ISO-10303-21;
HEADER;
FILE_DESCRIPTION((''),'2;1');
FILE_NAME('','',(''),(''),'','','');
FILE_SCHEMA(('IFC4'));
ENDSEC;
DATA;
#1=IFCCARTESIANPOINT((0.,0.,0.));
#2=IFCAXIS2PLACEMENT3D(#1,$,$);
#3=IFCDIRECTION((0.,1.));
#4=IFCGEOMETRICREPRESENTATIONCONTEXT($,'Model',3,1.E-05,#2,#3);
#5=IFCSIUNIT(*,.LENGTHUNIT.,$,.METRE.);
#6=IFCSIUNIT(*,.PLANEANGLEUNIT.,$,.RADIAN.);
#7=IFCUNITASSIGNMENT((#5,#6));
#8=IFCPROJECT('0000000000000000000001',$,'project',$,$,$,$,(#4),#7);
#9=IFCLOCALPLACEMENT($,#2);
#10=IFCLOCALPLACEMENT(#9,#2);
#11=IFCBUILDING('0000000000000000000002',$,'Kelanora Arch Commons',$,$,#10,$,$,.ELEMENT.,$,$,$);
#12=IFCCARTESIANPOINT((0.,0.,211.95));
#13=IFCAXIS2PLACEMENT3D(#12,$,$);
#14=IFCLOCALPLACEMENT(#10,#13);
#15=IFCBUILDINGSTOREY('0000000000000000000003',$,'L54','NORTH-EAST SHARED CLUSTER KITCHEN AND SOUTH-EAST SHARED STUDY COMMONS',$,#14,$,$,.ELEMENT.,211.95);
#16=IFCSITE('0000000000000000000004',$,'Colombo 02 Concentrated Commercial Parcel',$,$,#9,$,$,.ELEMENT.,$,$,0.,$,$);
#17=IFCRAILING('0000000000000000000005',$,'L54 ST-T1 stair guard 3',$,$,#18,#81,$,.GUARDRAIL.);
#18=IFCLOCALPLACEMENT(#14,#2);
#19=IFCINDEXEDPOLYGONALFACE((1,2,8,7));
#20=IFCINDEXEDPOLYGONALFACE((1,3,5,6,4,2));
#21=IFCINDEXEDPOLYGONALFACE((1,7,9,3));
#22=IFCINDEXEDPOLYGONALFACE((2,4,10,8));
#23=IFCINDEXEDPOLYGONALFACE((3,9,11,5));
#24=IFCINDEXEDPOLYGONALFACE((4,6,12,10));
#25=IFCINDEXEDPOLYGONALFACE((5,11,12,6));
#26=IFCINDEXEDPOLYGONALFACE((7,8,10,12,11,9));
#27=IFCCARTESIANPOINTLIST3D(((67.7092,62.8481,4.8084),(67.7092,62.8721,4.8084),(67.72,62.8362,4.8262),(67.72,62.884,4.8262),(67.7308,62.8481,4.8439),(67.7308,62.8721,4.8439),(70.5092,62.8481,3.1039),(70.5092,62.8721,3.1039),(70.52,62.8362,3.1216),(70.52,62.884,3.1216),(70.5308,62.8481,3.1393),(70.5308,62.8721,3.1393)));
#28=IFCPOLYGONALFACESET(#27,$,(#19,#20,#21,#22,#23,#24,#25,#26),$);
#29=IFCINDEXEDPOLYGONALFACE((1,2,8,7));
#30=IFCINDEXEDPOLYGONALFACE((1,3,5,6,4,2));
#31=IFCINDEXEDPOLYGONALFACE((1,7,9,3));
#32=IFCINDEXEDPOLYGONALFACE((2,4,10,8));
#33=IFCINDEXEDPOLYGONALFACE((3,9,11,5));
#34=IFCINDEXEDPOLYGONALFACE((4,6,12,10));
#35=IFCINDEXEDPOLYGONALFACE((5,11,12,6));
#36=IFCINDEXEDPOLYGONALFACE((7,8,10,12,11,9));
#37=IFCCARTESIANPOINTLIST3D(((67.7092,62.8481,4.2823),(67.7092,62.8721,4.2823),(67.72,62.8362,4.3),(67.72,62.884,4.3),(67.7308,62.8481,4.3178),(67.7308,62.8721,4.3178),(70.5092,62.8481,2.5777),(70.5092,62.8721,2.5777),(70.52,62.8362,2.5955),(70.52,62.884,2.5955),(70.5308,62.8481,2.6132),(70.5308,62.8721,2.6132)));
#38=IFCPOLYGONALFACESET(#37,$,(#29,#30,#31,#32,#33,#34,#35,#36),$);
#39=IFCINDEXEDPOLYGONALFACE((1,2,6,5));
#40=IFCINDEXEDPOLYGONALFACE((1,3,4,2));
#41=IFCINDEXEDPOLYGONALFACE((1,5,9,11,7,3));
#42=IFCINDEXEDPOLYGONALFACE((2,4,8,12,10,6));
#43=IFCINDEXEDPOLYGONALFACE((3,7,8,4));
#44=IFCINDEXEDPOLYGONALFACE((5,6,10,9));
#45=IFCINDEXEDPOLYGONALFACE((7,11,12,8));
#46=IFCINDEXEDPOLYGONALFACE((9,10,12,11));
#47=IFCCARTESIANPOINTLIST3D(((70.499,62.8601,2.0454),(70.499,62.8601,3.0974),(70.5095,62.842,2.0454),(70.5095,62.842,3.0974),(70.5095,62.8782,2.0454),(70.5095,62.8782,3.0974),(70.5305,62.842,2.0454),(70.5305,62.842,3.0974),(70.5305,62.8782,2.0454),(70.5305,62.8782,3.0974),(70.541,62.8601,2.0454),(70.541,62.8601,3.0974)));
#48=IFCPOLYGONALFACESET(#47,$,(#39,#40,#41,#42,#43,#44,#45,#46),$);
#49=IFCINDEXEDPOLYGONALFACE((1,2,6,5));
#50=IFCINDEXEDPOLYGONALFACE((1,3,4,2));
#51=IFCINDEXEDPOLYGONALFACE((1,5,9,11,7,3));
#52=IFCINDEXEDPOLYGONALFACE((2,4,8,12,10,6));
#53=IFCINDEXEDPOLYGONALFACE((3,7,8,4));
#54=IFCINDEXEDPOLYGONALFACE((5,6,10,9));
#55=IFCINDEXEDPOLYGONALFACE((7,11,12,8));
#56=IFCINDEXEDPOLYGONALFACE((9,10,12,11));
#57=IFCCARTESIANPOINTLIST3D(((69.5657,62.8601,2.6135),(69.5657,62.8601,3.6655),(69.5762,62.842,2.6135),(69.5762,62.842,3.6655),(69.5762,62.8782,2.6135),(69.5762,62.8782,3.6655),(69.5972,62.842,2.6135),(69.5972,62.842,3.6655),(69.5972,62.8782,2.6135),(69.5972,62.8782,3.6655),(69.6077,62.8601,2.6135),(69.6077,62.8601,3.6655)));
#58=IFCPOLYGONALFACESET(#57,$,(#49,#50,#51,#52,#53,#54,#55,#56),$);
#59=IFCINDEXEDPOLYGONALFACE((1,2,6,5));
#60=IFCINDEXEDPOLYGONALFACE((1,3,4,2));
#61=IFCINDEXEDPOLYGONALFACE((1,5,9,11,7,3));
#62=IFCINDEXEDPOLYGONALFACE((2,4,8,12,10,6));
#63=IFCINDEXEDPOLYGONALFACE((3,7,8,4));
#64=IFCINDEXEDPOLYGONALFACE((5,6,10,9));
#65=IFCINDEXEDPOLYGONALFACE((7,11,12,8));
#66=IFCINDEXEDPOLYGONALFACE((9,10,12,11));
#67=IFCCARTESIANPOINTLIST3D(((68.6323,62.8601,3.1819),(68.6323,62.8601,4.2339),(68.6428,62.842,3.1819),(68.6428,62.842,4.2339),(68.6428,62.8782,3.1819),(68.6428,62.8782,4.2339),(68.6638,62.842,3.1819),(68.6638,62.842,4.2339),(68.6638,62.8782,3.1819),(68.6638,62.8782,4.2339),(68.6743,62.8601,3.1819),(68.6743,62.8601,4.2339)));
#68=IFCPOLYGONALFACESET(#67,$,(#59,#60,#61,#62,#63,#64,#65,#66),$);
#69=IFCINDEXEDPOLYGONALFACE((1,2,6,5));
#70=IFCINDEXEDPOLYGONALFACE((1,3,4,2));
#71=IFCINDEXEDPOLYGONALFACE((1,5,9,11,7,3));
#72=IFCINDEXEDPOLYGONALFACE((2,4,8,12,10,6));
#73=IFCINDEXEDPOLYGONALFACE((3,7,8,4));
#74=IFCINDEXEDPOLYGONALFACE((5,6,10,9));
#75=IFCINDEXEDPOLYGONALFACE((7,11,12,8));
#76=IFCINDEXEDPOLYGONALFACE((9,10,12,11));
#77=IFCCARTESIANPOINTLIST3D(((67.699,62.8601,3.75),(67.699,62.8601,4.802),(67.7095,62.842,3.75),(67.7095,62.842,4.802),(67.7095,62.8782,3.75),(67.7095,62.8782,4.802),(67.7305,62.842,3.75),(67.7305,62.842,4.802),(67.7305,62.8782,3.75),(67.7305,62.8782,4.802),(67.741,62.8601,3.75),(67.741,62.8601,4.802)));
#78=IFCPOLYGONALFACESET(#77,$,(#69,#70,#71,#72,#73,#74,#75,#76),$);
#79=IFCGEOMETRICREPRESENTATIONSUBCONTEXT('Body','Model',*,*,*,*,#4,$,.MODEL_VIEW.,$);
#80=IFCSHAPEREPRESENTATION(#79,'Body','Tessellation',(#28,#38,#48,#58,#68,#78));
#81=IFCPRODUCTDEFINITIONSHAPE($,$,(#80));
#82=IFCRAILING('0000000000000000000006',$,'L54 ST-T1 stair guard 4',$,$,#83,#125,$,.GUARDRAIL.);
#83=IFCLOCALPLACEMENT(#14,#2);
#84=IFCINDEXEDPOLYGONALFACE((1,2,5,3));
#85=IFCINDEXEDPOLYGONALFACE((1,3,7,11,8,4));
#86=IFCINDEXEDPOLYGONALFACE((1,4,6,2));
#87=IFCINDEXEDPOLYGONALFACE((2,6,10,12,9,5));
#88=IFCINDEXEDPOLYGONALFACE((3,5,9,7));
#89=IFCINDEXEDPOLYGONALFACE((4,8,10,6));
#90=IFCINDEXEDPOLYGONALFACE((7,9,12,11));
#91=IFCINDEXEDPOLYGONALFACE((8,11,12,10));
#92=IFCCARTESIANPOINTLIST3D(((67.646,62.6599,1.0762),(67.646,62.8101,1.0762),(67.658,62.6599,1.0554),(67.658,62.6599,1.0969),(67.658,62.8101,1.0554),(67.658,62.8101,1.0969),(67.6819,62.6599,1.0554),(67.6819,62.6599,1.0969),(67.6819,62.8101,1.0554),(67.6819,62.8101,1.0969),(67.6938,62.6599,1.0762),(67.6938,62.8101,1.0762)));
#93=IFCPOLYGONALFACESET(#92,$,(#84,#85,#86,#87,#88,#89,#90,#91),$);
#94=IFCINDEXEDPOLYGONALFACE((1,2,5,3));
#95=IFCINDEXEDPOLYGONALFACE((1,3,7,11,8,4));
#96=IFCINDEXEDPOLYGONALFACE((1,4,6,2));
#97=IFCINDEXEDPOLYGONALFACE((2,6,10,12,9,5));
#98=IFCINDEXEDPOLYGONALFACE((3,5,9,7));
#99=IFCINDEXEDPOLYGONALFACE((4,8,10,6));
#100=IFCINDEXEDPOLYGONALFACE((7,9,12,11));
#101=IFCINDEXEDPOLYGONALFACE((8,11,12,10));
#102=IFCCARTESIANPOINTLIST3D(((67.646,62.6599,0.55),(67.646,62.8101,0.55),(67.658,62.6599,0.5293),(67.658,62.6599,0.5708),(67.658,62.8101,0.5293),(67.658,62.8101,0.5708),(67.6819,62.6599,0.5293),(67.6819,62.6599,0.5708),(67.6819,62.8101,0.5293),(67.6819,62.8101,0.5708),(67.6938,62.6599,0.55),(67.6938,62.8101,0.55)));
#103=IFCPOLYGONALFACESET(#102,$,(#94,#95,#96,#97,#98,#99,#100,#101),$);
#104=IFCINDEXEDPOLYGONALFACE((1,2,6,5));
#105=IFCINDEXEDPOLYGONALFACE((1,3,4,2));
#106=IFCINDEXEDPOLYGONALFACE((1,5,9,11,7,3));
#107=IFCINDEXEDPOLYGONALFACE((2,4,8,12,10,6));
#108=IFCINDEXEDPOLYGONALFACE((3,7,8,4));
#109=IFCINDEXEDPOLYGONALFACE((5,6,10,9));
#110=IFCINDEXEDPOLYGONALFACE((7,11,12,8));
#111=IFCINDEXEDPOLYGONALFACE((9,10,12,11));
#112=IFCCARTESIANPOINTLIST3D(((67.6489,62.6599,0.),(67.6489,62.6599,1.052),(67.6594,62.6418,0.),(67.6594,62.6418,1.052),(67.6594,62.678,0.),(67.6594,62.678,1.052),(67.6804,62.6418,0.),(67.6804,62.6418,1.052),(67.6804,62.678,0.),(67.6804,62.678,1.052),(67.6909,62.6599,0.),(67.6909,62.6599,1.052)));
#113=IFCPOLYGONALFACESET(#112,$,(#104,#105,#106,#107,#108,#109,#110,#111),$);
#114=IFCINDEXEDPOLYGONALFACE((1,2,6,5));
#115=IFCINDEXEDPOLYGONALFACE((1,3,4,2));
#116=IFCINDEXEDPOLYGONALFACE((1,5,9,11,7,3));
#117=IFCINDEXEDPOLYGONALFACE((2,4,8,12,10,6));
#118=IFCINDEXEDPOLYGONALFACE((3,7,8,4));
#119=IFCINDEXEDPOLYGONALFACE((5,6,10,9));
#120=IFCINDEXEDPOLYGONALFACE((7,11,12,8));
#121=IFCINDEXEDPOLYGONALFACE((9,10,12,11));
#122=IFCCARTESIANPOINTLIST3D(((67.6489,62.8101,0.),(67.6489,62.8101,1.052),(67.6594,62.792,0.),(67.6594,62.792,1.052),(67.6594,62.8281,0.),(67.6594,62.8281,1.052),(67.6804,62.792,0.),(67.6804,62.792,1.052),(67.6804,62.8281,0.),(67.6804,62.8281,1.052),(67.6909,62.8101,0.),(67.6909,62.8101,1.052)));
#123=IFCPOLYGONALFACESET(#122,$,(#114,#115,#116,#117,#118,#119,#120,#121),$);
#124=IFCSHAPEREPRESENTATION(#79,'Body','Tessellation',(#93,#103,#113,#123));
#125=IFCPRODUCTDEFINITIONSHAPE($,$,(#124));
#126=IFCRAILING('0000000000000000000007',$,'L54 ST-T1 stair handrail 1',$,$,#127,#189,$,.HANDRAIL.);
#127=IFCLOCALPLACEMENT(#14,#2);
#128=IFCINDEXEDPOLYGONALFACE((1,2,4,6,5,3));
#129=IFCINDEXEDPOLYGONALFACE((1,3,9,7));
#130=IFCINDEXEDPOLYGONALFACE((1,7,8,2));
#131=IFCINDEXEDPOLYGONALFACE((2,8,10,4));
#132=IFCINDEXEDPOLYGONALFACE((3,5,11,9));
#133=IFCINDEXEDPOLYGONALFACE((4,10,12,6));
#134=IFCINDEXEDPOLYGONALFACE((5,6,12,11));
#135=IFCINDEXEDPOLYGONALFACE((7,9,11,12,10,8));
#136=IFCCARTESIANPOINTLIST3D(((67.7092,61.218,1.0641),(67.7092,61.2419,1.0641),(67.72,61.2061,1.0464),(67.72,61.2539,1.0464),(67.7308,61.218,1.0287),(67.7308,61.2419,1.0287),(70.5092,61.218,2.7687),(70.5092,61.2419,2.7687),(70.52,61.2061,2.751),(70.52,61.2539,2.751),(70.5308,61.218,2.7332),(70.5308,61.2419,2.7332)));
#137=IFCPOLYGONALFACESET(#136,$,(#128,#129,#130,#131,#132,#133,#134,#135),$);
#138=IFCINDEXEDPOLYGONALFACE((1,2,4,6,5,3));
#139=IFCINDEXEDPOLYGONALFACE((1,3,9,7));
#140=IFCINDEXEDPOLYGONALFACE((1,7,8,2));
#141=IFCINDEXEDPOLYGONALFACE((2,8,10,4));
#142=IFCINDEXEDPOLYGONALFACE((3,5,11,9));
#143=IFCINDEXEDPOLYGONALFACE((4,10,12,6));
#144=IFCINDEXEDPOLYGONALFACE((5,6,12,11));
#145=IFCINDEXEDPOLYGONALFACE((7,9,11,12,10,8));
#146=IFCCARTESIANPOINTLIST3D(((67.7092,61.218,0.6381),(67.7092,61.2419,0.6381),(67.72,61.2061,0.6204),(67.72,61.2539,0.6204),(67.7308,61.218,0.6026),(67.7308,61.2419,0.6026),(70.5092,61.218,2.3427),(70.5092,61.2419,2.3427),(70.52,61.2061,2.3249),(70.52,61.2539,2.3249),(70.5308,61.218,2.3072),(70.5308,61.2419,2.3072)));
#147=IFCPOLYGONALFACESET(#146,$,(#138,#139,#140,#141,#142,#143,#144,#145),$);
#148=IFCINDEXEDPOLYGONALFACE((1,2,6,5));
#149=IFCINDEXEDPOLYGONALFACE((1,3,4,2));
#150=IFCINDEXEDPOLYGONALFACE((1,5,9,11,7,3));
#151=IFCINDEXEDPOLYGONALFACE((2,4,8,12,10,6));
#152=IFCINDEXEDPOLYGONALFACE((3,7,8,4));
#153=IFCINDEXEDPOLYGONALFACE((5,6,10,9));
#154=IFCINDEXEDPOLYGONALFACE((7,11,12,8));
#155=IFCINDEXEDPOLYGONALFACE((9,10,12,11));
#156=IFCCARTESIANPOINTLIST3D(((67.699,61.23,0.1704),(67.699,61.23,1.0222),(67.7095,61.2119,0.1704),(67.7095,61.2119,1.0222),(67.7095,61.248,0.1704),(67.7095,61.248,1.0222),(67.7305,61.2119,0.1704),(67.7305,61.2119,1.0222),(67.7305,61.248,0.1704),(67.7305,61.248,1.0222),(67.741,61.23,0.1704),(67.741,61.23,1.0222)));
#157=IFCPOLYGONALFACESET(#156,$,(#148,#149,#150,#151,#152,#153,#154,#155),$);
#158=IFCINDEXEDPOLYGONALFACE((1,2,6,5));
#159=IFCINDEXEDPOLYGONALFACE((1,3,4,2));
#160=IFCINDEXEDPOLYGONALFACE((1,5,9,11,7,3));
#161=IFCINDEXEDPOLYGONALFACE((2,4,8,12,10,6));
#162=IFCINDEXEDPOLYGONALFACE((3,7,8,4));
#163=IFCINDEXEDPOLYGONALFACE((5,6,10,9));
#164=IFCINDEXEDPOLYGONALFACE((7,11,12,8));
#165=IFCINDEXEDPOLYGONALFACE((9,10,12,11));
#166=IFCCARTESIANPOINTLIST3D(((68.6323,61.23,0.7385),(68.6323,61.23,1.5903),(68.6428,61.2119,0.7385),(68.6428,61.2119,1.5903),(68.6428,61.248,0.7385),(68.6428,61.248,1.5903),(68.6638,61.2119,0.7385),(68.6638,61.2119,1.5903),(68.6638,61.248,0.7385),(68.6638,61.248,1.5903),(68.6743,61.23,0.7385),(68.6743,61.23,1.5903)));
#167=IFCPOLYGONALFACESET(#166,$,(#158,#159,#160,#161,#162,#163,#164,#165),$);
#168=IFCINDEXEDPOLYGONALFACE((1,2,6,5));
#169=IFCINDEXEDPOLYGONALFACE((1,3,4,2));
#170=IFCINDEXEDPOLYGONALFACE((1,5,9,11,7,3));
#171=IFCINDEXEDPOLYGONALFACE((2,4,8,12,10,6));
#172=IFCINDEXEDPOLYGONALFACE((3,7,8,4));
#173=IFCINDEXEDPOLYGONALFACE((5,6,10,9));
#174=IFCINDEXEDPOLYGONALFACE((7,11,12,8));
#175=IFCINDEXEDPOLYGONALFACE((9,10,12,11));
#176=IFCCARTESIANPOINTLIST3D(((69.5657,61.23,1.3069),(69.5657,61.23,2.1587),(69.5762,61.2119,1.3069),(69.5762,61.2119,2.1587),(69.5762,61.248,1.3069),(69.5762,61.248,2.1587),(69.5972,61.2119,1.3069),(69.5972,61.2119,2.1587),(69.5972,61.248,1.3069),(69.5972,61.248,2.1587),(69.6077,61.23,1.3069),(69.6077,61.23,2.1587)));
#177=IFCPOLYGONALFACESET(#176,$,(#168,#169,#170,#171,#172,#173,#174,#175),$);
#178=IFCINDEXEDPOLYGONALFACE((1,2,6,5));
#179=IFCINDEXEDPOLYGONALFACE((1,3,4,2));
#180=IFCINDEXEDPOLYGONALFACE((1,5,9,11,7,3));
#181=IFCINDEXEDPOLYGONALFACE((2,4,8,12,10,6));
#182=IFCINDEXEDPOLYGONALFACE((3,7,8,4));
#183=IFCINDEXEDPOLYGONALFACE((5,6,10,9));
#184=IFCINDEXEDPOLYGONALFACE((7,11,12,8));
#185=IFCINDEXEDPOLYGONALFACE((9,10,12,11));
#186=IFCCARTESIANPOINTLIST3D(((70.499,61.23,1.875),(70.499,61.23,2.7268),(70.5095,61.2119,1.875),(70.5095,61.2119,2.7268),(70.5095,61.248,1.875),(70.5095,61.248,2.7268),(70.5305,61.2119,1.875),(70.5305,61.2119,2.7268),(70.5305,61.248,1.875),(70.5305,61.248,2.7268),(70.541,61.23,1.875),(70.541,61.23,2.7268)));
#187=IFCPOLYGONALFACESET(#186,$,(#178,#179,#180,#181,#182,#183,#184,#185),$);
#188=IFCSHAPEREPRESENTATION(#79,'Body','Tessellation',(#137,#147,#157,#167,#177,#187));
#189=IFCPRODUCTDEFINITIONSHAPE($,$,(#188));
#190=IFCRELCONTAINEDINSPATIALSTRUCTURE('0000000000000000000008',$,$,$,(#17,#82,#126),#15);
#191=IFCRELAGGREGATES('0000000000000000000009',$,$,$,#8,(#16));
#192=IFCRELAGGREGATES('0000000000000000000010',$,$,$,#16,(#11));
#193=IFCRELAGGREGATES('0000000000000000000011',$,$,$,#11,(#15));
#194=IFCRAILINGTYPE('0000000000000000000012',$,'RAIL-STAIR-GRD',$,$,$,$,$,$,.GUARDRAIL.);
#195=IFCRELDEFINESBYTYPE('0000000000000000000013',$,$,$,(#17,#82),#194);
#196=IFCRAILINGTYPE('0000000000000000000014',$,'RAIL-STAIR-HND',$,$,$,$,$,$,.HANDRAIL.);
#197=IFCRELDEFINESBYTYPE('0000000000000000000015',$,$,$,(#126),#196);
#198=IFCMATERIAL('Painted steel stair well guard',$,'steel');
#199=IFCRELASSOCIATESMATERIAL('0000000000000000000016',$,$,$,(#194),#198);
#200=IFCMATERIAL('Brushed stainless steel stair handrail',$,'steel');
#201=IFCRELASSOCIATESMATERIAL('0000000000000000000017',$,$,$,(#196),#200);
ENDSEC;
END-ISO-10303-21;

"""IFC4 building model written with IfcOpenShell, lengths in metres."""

from ifc_helpers import new_model, si_unit, direction, frame, origin, place, context, subcontext, project, spatial, polyline, outline, extrude, material, type_object, element, save


model = new_model("IFC4")

# Units and contexts
model_context = context("Model", 3, precision=1e-05, world=origin(), true_north=direction((0.0, 1.0)))
body_context = subcontext(model_context, "Body", "Model", "MODEL_VIEW")
ifc_project = project(units=[si_unit("LENGTHUNIT", "METRE"), si_unit("PLANEANGLEUNIT", "RADIAN")], contexts=[model_context])

# Site, building, storey
site_placement = place(None, origin())
site = spatial("IfcSite", under=ifc_project, at=site_placement, Name="Colombo 02 Concentrated Commercial Parcel", CompositionType="ELEMENT", RefElevation=0.0)
building_placement = place(site_placement, origin())
building = spatial("IfcBuilding", under=site, at=building_placement, Name="Kelanora Arch Commons", CompositionType="ELEMENT")
storey_placement = place(building_placement, frame((0.0, 0.0, 211.95)))
storey = spatial("IfcBuildingStorey", under=building, at=storey_placement, Name="L54", Description="NORTH-EAST SHARED CLUSTER KITCHEN AND SOUTH-EAST SHARED STUDY COMMONS", CompositionType="ELEMENT", Elevation=211.95)

# Railings
ifc_material_1 = material(Name="Painted steel stair well guard", Category="steel")
railing_type_1 = type_object("IfcRailingType", Name="RAIL-STAIR-GRD", PredefinedType="GUARDRAIL", material=ifc_material_1)
railing_1_placement = place(storey_placement, frame((70.52, 62.8601, 2.0454)))
element("IfcRailing", 1, at=railing_1_placement, inside=storey, type_object=railing_type_1, Name="L54 ST-T1 stair guard 3", PredefinedType="GUARDRAIL", context=body_context, shape_type="SweptSolid", body=[
    extrude(outline(polyline([(0.0239, 0.0), (0.012, 0.0208), (-0.012, 0.0208), (-0.0239, 0.0), (-0.012, -0.0208), (0.012, -0.0208), (0.0239, 0.0)])), frame((0.0, 0.0, 1.0762), z_axis=(-0.85417, 0.0, 0.519994), x_axis=(0.0, -1.0, 0.0)), (0.0, 0.0, 1.0), 3.2781),
    extrude(outline(polyline([(0.0239, 0.0), (0.012, 0.0208), (-0.012, 0.0208), (-0.0239, 0.0), (-0.012, -0.0208), (0.012, -0.0208), (0.0239, 0.0)])), frame((0.0, 0.0, 0.55), z_axis=(-0.85417, 0.0, 0.519994), x_axis=(0.0, -1.0, 0.0)), (0.0, 0.0, 1.0), 3.2781),
    extrude(outline(polyline([(0.021, 0.0), (0.0105, 0.0181), (-0.0105, 0.0181), (-0.021, 0.0), (-0.0105, -0.0181), (0.0105, -0.0181), (0.021, 0.0)])), origin(), (0.0, 0.0, 1.0), 1.052),
    extrude(outline(polyline([(0.021, 0.0), (0.0105, 0.0181), (-0.0105, 0.0181), (-0.021, 0.0), (-0.0105, -0.0181), (0.0105, -0.0181), (0.021, 0.0)])), frame((-0.9333, 0.0, 0.5681)), (0.0, 0.0, 1.0), 1.052),
    extrude(outline(polyline([(0.021, 0.0), (0.0105, 0.0181), (-0.0105, 0.0181), (-0.021, 0.0), (-0.0105, -0.0181), (0.0105, -0.0181), (0.021, 0.0)])), frame((-1.8667, 0.0, 1.1365)), (0.0, 0.0, 1.0), 1.052),
    extrude(outline(polyline([(0.021, 0.0), (0.0105, 0.0181), (-0.0105, 0.0181), (-0.021, 0.0), (-0.0105, -0.0181), (0.0105, -0.0181), (0.021, 0.0)])), frame((-2.8, 0.0, 1.7046)), (0.0, 0.0, 1.0), 1.052),
])
railing_2_placement = place(storey_placement, frame((67.6699, 62.6599, 0.0)))
element("IfcRailing", 2, at=railing_2_placement, inside=storey, type_object=railing_type_1, Name="L54 ST-T1 stair guard 4", PredefinedType="GUARDRAIL", context=body_context, shape_type="SweptSolid", body=[
    extrude(outline(polyline([(0.0239, 0.0), (0.012, 0.0208), (-0.012, 0.0208), (-0.0239, 0.0), (-0.012, -0.0208), (0.012, -0.0208), (0.0239, 0.0)])), frame((0.0, 0.0, 1.0762), z_axis=(0.0, 1.0, 0.0), x_axis=(-1.0, 0.0, 0.0)), (0.0, 0.0, 1.0), 0.1501),
    extrude(outline(polyline([(0.0239, 0.0), (0.012, 0.0208), (-0.012, 0.0208), (-0.0239, 0.0), (-0.012, -0.0208), (0.012, -0.0208), (0.0239, 0.0)])), frame((0.0, 0.0, 0.55), z_axis=(0.0, 1.0, 0.0), x_axis=(-1.0, 0.0, 0.0)), (0.0, 0.0, 1.0), 0.1501),
    extrude(outline(polyline([(0.021, 0.0), (0.0105, 0.0181), (-0.0105, 0.0181), (-0.021, 0.0), (-0.0105, -0.0181), (0.0105, -0.0181), (0.021, 0.0)])), origin(), (0.0, 0.0, 1.0), 1.052),
    extrude(outline(polyline([(0.021, 0.0), (0.0105, 0.0181), (-0.0105, 0.0181), (-0.021, 0.0), (-0.0105, -0.0181), (0.0105, -0.0181), (0.021, 0.0)])), frame((0.0, 0.1501, 0.0)), (0.0, 0.0, 1.0), 1.052),
])
ifc_material_2 = material(Name="Brushed stainless steel stair handrail", Category="steel")
railing_type_2 = type_object("IfcRailingType", Name="RAIL-STAIR-HND", PredefinedType="HANDRAIL", material=ifc_material_2)
railing_3_placement = place(storey_placement, frame((67.72, 61.23, 0.1704)))
element("IfcRailing", 3, at=railing_3_placement, inside=storey, type_object=railing_type_2, Name="L54 ST-T1 stair handrail 1", PredefinedType="HANDRAIL", context=body_context, shape_type="SweptSolid", body=[
    extrude(outline(polyline([(0.0239, 0.0), (0.012, 0.0208), (-0.012, 0.0208), (-0.0239, 0.0), (-0.012, -0.0208), (0.012, -0.0208), (0.0239, 0.0)])), frame((0.0, 0.0, 0.876), z_axis=(0.85417, 0.0, 0.519994), x_axis=(0.0, 1.0, 0.0)), (0.0, 0.0, 1.0), 3.2781),
    extrude(outline(polyline([(0.0239, 0.0), (0.012, 0.0208), (-0.012, 0.0208), (-0.0239, 0.0), (-0.012, -0.0208), (0.012, -0.0208), (0.0239, 0.0)])), frame((0.0, 0.0, 0.45), z_axis=(0.85417, 0.0, 0.519994), x_axis=(0.0, 1.0, 0.0)), (0.0, 0.0, 1.0), 3.2781),
    extrude(outline(polyline([(0.021, 0.0), (0.0105, 0.0181), (-0.0105, 0.0181), (-0.021, 0.0), (-0.0105, -0.0181), (0.0105, -0.0181), (0.021, 0.0)])), origin(), (0.0, 0.0, 1.0), 0.8518),
    extrude(outline(polyline([(0.021, 0.0), (0.0105, 0.0181), (-0.0105, 0.0181), (-0.021, 0.0), (-0.0105, -0.0181), (0.0105, -0.0181), (0.021, 0.0)])), frame((0.9333, 0.0, 0.5681)), (0.0, 0.0, 1.0), 0.8518),
    extrude(outline(polyline([(0.021, 0.0), (0.0105, 0.0181), (-0.0105, 0.0181), (-0.021, 0.0), (-0.0105, -0.0181), (0.0105, -0.0181), (0.021, 0.0)])), frame((1.8667, 0.0, 1.1365)), (0.0, 0.0, 1.0), 0.8518),
    extrude(outline(polyline([(0.021, 0.0), (0.0105, 0.0181), (-0.0105, 0.0181), (-0.021, 0.0), (-0.0105, -0.0181), (0.0105, -0.0181), (0.021, 0.0)])), frame((2.8, 0.0, 1.7046)), (0.0, 0.0, 1.0), 0.8518),
])

save(model, "model.ifc")
